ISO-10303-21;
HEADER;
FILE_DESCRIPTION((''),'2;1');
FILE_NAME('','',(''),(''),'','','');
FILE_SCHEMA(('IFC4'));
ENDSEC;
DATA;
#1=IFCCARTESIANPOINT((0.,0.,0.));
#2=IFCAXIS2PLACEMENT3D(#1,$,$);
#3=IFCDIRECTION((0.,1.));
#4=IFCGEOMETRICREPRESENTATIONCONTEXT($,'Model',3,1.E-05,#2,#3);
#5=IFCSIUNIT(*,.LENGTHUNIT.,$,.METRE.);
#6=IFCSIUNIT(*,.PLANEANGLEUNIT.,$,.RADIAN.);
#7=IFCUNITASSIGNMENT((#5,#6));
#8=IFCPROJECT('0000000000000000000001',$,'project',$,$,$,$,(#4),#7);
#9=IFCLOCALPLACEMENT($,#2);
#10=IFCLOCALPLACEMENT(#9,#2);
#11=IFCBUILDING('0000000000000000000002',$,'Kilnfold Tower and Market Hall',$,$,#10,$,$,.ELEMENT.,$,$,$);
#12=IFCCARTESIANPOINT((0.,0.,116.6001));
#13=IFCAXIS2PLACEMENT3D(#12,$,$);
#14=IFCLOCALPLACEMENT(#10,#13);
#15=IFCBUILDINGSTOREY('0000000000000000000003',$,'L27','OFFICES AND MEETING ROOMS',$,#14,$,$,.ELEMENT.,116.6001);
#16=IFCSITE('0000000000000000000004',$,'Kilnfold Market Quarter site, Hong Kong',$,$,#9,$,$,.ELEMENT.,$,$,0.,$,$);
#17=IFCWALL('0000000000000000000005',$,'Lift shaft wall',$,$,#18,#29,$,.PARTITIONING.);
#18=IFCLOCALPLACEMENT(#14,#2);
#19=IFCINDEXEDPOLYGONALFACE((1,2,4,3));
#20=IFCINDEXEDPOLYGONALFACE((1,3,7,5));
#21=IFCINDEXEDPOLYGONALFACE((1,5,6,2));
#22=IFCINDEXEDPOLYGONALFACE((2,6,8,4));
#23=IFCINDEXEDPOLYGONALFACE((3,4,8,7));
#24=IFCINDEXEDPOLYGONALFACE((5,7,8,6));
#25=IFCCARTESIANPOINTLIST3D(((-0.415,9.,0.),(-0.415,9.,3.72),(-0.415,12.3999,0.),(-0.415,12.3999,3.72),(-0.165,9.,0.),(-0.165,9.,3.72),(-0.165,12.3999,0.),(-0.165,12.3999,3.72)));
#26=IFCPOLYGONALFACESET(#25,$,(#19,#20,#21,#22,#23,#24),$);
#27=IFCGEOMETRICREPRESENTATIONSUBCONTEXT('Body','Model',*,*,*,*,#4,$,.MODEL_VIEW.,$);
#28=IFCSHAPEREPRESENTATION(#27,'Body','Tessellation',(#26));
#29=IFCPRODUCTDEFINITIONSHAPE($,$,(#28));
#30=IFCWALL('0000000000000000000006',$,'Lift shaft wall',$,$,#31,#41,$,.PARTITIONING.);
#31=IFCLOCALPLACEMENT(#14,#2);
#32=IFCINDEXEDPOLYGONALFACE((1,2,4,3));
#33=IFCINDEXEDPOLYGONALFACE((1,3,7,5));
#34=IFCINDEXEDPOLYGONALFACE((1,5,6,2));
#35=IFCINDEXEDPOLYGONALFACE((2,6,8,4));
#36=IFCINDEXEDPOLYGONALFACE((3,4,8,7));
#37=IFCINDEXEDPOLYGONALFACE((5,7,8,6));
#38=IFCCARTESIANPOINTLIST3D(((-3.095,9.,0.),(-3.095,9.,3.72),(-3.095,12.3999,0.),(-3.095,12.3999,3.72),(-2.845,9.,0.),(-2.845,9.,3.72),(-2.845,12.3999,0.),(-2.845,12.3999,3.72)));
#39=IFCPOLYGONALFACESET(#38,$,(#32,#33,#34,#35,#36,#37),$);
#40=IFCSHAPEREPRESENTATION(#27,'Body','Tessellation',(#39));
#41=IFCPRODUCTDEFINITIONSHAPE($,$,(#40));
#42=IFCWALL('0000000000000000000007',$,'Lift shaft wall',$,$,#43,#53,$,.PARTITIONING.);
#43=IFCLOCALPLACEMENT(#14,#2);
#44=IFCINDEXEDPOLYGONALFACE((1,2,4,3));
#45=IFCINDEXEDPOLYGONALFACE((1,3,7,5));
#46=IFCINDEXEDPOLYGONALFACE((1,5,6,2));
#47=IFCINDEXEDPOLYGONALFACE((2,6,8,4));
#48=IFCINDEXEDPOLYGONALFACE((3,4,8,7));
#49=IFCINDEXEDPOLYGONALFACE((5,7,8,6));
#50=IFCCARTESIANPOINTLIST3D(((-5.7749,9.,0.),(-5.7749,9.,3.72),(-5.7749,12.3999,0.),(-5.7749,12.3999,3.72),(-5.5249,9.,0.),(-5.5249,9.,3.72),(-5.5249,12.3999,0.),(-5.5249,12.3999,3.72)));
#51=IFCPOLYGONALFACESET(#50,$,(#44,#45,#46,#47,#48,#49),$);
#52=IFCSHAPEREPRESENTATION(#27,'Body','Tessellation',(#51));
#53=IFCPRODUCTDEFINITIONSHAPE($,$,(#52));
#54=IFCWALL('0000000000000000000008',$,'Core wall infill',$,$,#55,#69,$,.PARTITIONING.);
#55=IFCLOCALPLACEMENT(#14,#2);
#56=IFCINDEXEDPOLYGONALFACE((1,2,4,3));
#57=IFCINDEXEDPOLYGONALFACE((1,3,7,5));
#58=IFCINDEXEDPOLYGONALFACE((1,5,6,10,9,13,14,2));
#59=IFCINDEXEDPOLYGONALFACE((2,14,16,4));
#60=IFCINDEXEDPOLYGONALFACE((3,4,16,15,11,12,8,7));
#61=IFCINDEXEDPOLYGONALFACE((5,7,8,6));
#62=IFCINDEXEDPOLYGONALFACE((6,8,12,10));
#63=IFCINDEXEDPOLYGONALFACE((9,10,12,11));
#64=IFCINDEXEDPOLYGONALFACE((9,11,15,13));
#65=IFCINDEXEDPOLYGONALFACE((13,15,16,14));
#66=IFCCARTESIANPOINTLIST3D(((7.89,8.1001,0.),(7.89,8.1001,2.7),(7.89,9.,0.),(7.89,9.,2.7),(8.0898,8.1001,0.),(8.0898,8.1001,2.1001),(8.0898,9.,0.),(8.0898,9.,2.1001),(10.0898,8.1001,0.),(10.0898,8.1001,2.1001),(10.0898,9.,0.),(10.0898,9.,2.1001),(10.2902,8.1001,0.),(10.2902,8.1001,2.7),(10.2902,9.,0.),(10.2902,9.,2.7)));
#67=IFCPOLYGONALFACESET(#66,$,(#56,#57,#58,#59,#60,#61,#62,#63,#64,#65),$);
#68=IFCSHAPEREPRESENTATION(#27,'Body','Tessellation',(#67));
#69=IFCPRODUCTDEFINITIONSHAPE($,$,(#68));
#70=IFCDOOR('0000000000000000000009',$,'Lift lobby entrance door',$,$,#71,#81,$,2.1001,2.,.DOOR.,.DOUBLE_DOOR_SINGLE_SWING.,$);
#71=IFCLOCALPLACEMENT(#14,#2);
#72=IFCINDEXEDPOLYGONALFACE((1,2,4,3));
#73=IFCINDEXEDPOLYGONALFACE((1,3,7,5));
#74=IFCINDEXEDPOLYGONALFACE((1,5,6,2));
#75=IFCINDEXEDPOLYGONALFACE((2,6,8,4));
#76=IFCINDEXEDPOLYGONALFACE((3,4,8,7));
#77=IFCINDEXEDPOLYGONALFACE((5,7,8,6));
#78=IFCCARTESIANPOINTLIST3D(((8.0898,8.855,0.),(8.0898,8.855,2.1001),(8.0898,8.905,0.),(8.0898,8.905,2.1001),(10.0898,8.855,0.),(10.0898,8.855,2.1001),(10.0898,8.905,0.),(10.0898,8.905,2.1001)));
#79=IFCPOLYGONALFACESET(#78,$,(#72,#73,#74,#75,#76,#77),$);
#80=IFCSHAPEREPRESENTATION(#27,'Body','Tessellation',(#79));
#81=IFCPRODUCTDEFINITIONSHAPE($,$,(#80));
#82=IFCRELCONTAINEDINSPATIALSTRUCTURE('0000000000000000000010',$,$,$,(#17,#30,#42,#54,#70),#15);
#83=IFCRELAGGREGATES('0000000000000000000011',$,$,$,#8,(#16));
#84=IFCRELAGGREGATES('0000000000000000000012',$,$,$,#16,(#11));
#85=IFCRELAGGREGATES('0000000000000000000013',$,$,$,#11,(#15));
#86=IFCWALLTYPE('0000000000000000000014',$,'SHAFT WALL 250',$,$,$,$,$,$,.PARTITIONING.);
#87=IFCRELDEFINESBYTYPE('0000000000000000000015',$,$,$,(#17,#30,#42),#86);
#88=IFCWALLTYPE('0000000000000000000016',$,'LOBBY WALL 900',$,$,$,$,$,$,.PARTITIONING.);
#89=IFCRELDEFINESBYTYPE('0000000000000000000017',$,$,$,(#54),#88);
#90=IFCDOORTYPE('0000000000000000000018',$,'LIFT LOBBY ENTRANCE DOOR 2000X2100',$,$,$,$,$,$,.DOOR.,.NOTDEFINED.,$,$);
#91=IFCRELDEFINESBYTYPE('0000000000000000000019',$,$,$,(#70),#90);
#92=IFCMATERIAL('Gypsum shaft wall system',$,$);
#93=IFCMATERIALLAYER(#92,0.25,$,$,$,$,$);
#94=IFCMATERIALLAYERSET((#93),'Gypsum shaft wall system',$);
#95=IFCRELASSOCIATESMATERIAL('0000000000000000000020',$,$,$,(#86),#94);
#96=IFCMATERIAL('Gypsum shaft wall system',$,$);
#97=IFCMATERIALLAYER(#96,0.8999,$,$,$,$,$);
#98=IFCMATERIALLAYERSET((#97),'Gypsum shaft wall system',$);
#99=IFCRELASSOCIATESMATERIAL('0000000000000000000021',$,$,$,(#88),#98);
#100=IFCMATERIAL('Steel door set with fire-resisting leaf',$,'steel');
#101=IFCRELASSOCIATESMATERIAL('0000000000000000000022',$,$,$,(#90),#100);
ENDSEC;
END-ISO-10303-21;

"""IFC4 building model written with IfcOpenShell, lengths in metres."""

from ifc_helpers import new_model, si_unit, direction, frame, frame_2d, origin, place, context, subcontext, project, spatial, rectangle, extrude, source, transform, mapped, material, layer, layer_set, type_object, element, fill, save


model = new_model("IFC4")

# Units and contexts
model_context = context("Model", 3, precision=1e-05, world=origin(), true_north=direction((0.0, 1.0)))
body_context = subcontext(model_context, "Body", "Model", "MODEL_VIEW")
ifc_project = project(units=[si_unit("LENGTHUNIT", "METRE"), si_unit("PLANEANGLEUNIT", "RADIAN")], contexts=[model_context])

# Site, building, storey
site_placement = place(None, origin())
site = spatial("IfcSite", under=ifc_project, at=site_placement, Name="Kilnfold Market Quarter site, Hong Kong", CompositionType="ELEMENT", RefElevation=0.0)
building_placement = place(site_placement, origin())
building = spatial("IfcBuilding", under=site, at=building_placement, Name="Kilnfold Tower and Market Hall", CompositionType="ELEMENT")
storey_placement = place(building_placement, frame((0.0, 0.0, 116.6001)))
storey = spatial("IfcBuildingStorey", under=building, at=storey_placement, Name="L27", Description="OFFICES AND MEETING ROOMS", CompositionType="ELEMENT", Elevation=116.6001)

# Walls
ifc_material_1 = material(Name="Gypsum shaft wall system")
ifc_layer_1 = layer(ifc_material_1, 0.25)
ifc_layer_set_1 = layer_set([ifc_layer_1], Name="Gypsum shaft wall system")
wall_type_1 = type_object("IfcWallType", Name="SHAFT WALL 250", PredefinedType="PARTITIONING", material=ifc_layer_set_1)
shared_shape_1 = source(origin(), body_context, "Body", "SweptSolid", [
    extrude(rectangle(XDim=3.3999, YDim=0.25, at=frame_2d((1.7, 0.0))), origin(), (0.0, 0.0, 1.0), 3.72),
])
for number, where, z_axis, x_axis, name in (
    (1, (-0.29, 9.0, 0.0), (0.0, 0.0, 1.0), (0.0, 1.0, 0.0), "Lift shaft wall"),
    (2, (-2.97, 9.0, 0.0), (0.0, 0.0, 1.0), (0.0, 1.0, 0.0), "Lift shaft wall"),
    (3, (-5.6499, 9.0, 0.0), (0.0, 0.0, 1.0), (0.0, 1.0, 0.0), "Lift shaft wall"),
):
    element("IfcWall", number, at=place(storey_placement, frame(where, z_axis=z_axis, x_axis=x_axis)), inside=storey, type_object=wall_type_1, Name=name, PredefinedType="PARTITIONING", context=body_context, shape_type="MappedRepresentation", body=[
        mapped(shared_shape_1, transform((0.0, 0.0, 0.0))),
    ])

# Wall, opening, door
ifc_material_2 = material(Name="Gypsum shaft wall system")
ifc_layer_2 = layer(ifc_material_2, 0.8999)
ifc_layer_set_2 = layer_set([ifc_layer_2], Name="Gypsum shaft wall system")
wall_type_2 = type_object("IfcWallType", Name="LOBBY WALL 900", PredefinedType="PARTITIONING", material=ifc_layer_set_2)
shared_shape_2 = source(origin(), body_context, "Body", "SweptSolid", [
    extrude(rectangle(XDim=2.4001, YDim=0.8999, at=frame_2d((1.2002, 0.0))), origin(), (0.0, 0.0, 1.0), 2.7),
])
wall_1_placement = place(storey_placement, frame((7.8899, 8.55, 0.0), z_axis=(0.0, 0.0, 1.0), x_axis=(1.0, 0.0, 0.0)))
wall_1 = element("IfcWall", 4, at=wall_1_placement, inside=storey, type_object=wall_type_2, Name="Core wall infill", PredefinedType="PARTITIONING", context=body_context, shape_type="MappedRepresentation", body=[
    mapped(shared_shape_2, transform((0.0, 0.0, 0.0))),
])
opening_1_placement = place(wall_1_placement, frame((0.2, 0.0, 0.0)))
opening_1 = element("IfcOpeningElement", 5, at=opening_1_placement, cuts=wall_1, PredefinedType="OPENING", context=body_context, shape_type="SweptSolid", body=[
    extrude(rectangle(XDim=2.0, YDim=2.1001, at=frame_2d((1.0, 1.05))), frame((0.0, 0.46, 0.0), z_axis=(0.0, -1.0, 0.0), x_axis=(1.0, 0.0, 0.0)), (0.0, 0.0, 1.0), 0.9199),
])
ifc_material_3 = material(Name="Steel door set with fire-resisting leaf", Category="steel")
door_type_1 = type_object("IfcDoorType", Name="LIFT LOBBY ENTRANCE DOOR 2000X2100", OperationType="NOTDEFINED", PredefinedType="DOOR", material=ifc_material_3)
door_1_placement = place(opening_1_placement, origin())
door_1 = element("IfcDoor", 6, at=door_1_placement, inside=storey, type_object=door_type_1, Name="Lift lobby entrance door", OperationType="DOUBLE_DOOR_SINGLE_SWING", OverallHeight=2.1001, OverallWidth=2.0, PredefinedType="DOOR", context=body_context, shape_type="SweptSolid", body=[
    extrude(rectangle(XDim=2.0, YDim=2.1001, at=frame_2d((1.0, 1.05))), frame((0.0, 0.355, 0.0), z_axis=(0.0, -1.0, 0.0), x_axis=(1.0, 0.0, 0.0)), (0.0, 0.0, 1.0), 0.05),
])
fill(opening_1, door_1)

save(model, "model.ifc")
